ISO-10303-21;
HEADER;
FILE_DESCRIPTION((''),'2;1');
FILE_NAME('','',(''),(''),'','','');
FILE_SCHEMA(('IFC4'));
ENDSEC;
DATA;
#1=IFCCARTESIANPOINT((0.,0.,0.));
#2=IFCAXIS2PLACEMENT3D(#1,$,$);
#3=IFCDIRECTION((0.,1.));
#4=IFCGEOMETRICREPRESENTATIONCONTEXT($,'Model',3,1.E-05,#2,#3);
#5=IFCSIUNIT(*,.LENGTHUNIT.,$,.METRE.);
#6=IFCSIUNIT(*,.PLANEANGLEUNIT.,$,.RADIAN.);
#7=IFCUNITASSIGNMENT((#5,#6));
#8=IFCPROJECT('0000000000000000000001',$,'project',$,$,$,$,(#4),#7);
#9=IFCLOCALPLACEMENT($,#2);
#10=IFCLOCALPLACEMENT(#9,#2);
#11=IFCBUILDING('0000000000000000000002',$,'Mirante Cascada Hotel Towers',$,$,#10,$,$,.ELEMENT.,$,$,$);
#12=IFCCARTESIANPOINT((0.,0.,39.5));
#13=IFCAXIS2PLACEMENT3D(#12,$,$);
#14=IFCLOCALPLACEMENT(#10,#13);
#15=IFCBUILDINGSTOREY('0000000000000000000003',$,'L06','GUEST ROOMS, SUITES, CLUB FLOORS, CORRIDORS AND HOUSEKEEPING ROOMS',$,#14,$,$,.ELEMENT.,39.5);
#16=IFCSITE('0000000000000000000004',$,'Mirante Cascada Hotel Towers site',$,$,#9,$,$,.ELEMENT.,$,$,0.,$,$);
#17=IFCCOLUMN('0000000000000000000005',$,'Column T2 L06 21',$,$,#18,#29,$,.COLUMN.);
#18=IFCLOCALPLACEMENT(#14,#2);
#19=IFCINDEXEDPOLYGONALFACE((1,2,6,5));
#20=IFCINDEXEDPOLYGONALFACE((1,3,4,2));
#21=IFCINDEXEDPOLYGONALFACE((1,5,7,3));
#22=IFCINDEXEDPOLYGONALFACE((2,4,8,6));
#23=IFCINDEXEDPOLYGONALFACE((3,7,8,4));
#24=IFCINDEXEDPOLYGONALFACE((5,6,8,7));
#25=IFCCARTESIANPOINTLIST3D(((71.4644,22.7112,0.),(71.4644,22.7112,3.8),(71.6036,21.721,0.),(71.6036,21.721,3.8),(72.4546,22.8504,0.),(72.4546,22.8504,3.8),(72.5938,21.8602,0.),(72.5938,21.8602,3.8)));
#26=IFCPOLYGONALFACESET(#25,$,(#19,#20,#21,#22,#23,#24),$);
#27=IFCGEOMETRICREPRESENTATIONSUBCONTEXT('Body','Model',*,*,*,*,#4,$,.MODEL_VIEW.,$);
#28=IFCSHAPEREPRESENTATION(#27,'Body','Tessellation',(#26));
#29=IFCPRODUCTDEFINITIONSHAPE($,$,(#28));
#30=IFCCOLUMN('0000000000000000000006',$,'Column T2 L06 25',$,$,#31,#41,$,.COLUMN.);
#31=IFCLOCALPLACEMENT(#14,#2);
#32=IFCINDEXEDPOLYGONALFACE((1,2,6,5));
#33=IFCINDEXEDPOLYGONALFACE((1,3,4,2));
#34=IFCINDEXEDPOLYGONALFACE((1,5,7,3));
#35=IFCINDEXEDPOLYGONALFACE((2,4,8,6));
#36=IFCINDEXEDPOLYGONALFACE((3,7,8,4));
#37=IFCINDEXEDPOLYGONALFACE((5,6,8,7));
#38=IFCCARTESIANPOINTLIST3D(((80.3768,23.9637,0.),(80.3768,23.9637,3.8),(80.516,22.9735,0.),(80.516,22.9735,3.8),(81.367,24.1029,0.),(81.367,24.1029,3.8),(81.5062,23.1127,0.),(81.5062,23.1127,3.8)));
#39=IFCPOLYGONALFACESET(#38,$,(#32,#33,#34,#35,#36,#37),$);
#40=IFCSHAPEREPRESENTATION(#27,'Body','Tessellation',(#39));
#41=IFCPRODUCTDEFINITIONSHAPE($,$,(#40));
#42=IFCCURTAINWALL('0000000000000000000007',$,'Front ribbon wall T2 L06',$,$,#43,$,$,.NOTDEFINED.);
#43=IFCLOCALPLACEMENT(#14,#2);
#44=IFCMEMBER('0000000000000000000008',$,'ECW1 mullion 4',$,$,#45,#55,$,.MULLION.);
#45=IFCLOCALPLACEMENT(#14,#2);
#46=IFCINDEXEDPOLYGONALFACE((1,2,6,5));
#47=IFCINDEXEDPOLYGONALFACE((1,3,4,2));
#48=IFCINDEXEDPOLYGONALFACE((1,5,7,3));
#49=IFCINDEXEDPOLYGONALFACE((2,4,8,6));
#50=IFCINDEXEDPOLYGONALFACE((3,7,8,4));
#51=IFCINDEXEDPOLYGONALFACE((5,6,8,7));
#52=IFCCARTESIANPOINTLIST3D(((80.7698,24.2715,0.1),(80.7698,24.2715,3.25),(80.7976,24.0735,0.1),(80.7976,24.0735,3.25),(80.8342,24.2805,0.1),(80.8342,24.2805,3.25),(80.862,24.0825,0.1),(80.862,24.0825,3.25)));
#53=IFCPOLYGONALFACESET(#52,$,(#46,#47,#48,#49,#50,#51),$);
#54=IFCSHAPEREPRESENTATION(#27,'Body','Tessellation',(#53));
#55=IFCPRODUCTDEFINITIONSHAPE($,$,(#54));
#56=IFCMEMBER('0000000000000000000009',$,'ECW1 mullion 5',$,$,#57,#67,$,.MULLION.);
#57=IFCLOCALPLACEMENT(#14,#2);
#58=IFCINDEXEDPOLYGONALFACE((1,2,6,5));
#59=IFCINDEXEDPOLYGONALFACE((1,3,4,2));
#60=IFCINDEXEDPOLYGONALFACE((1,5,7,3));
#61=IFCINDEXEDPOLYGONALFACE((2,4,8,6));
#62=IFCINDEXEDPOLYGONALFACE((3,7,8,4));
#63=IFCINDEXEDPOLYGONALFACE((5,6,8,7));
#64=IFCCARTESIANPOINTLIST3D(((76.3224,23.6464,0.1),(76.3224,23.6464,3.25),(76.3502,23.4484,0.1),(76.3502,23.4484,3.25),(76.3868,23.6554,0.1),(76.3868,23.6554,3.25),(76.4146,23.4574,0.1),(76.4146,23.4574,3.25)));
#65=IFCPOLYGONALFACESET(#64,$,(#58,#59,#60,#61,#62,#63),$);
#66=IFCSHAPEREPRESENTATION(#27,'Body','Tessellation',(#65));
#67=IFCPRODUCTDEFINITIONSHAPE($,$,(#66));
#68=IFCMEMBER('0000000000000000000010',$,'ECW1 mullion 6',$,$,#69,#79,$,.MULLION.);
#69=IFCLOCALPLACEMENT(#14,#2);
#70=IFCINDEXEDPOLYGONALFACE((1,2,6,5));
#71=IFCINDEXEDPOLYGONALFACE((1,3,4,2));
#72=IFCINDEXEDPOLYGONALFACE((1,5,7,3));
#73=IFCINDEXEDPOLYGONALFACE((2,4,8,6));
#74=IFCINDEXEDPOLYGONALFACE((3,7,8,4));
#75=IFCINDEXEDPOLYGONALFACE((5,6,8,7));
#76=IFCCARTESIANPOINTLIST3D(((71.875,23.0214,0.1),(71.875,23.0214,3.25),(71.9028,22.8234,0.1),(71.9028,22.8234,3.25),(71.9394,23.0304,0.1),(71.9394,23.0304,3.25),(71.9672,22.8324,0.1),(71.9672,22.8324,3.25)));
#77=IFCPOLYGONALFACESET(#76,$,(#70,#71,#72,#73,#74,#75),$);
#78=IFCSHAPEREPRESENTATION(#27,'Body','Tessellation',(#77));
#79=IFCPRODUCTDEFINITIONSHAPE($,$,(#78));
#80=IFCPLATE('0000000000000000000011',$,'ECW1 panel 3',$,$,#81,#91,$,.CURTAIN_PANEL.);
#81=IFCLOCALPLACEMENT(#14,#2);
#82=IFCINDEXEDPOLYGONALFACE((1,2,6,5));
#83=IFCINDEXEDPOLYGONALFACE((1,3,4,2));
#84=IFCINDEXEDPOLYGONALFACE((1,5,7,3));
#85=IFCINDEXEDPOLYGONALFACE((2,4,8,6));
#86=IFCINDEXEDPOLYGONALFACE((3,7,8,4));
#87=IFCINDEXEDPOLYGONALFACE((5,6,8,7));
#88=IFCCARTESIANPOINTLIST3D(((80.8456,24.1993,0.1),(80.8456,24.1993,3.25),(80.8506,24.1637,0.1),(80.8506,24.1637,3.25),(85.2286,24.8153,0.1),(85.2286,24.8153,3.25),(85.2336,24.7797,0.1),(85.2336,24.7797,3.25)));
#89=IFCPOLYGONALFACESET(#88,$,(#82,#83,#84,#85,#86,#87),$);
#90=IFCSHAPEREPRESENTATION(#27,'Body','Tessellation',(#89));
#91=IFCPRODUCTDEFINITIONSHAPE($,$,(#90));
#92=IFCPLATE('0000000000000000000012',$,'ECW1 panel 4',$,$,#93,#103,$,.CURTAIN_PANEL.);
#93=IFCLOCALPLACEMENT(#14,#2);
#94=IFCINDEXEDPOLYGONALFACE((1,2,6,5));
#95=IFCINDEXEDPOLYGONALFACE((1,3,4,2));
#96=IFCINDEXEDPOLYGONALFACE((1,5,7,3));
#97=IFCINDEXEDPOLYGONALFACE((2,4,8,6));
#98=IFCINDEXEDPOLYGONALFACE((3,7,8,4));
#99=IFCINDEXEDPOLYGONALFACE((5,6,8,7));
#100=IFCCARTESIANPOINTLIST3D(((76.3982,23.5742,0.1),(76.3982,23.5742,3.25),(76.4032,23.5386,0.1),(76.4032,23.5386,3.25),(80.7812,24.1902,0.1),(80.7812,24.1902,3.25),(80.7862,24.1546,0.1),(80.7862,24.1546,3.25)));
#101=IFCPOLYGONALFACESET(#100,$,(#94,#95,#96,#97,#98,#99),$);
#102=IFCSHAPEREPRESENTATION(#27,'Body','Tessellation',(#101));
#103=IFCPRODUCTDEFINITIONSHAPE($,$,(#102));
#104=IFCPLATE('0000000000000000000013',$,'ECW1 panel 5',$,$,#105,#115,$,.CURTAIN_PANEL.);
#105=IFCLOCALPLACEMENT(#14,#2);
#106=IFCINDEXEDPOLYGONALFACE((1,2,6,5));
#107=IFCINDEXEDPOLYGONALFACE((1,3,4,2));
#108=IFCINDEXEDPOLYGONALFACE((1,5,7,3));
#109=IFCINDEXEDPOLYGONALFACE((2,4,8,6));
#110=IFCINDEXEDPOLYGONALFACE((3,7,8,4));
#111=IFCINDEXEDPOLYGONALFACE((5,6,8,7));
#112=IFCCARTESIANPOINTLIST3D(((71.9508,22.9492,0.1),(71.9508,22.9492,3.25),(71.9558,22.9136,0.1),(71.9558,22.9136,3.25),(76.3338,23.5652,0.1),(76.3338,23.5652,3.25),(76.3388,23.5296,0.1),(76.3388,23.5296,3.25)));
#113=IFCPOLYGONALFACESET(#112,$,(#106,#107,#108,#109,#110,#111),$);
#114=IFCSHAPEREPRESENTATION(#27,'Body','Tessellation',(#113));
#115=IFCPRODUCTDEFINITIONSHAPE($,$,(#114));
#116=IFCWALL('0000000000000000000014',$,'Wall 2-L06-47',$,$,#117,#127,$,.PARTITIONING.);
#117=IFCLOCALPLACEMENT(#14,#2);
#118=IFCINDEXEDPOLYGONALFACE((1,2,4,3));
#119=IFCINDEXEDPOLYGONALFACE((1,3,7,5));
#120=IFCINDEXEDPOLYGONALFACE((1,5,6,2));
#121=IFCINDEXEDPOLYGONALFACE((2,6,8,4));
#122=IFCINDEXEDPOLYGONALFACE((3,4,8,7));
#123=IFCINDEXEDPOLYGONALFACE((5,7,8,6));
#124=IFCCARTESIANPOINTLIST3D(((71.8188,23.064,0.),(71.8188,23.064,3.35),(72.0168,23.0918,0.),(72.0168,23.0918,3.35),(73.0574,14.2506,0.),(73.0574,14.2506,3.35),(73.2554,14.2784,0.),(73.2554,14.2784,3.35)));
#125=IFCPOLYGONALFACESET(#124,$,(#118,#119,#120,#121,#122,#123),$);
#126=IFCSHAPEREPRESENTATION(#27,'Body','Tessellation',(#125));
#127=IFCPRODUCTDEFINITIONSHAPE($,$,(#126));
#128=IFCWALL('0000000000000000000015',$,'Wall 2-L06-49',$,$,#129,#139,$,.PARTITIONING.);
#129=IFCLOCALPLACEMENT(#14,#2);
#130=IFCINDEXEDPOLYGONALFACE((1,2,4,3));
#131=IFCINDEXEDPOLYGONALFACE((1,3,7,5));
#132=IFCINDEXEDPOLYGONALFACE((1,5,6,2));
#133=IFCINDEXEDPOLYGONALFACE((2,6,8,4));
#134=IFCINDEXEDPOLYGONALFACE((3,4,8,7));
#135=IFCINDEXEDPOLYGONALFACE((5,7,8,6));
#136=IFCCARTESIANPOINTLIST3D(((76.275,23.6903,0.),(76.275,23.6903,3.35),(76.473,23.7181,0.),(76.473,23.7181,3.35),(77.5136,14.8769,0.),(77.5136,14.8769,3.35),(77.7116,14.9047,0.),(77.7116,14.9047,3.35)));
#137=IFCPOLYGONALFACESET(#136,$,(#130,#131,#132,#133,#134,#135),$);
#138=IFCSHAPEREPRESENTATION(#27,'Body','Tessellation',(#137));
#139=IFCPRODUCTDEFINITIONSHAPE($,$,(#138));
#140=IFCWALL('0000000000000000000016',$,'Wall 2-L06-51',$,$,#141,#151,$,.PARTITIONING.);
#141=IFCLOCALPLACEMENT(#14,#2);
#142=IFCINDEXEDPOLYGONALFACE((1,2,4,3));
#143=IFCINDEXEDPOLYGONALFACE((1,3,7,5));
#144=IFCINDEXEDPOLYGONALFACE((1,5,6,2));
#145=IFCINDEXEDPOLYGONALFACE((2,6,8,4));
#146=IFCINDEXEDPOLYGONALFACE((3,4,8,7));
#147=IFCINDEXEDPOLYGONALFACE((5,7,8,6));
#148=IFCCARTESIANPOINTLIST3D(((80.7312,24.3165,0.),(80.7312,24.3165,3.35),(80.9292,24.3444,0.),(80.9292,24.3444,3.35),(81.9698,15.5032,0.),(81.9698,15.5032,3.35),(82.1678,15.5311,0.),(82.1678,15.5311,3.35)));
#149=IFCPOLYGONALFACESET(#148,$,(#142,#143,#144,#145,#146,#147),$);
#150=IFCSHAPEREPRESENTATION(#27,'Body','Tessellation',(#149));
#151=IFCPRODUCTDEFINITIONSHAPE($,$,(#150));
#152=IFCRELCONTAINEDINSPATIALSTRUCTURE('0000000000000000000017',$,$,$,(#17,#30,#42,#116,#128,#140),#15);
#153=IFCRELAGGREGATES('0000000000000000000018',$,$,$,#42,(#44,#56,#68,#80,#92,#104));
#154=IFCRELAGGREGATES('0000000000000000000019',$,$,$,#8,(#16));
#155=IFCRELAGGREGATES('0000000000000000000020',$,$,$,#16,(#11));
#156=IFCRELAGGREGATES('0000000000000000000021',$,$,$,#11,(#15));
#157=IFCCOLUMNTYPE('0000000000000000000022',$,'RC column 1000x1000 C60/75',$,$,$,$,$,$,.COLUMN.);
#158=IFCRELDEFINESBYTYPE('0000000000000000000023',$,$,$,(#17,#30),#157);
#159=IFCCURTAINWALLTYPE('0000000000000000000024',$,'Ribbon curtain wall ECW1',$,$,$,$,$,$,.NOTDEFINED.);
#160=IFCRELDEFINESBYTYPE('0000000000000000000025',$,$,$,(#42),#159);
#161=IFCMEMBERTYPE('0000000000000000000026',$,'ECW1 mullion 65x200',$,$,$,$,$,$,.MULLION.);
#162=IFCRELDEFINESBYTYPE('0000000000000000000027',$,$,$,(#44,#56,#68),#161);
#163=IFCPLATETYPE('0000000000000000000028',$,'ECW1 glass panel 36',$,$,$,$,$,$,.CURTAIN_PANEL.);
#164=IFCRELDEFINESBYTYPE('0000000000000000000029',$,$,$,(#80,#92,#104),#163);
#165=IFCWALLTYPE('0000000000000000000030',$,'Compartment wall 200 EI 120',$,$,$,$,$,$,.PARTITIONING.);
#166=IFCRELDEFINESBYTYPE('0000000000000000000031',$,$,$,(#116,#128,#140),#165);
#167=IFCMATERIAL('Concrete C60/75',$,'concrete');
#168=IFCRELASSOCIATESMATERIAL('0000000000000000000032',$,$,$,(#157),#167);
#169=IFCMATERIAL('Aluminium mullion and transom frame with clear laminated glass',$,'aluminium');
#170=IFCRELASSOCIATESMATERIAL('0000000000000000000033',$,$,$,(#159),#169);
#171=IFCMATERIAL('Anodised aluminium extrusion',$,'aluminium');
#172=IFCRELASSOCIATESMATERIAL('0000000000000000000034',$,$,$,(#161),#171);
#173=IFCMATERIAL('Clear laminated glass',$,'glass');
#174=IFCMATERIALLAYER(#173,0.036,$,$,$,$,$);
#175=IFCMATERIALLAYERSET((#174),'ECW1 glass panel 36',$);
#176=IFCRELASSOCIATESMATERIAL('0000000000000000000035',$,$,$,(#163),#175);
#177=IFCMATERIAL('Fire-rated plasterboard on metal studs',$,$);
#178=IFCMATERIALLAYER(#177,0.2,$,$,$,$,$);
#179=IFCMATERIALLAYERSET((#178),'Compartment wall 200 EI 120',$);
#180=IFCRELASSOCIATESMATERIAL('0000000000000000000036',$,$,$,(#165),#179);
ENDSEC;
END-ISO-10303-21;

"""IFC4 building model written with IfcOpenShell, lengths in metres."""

from ifc_helpers import new_model, si_unit, direction, frame, frame_2d, origin, origin_2d, place, context, subcontext, project, spatial, rectangle, extrude, material, layer, layer_set, material_profile, profile_set, type_object, element, aggregate, save


model = new_model("IFC4")

# Units and contexts
model_context = context("Model", 3, precision=1e-05, world=origin(), true_north=direction((0.0, 1.0)))
body_context = subcontext(model_context, "Body", "Model", "MODEL_VIEW")
ifc_project = project(units=[si_unit("LENGTHUNIT", "METRE"), si_unit("PLANEANGLEUNIT", "RADIAN")], contexts=[model_context])

# Site, building, storey
site_placement = place(None, origin())
site = spatial("IfcSite", under=ifc_project, at=site_placement, Name="Mirante Cascada Hotel Towers site", CompositionType="ELEMENT", RefElevation=0.0)
building_placement = place(site_placement, origin())
building = spatial("IfcBuilding", under=site, at=building_placement, Name="Mirante Cascada Hotel Towers", CompositionType="ELEMENT")
storey_placement = place(building_placement, frame((0.0, 0.0, 39.5)))
storey = spatial("IfcBuildingStorey", under=building, at=storey_placement, Name="L06", Description="GUEST ROOMS, SUITES, CLUB FLOORS, CORRIDORS AND HOUSEKEEPING ROOMS", CompositionType="ELEMENT", Elevation=39.5)

# Columns
ifc_material_1 = material(Name="Concrete C60/75", Category="concrete")
ifc_material_profile_1 = material_profile(ifc_material_1, rectangle(XDim=1.0, YDim=1.0, at=origin_2d()), Name="RC column 1000x1000 C60/75")
ifc_profile_set_1 = profile_set([ifc_material_profile_1], Name="Concrete C60/75")
column_type = type_object("IfcColumnType", Name="RC column 1000x1000 C60/75", PredefinedType="COLUMN", material=ifc_profile_set_1)
for number, where, z_axis, x_axis, name in (
    (1, (72.0291, 22.2857, 0.0), (0.0, 0.0, 1.0), (0.990268, 0.139173, 0.0), "Column T2 L06 21"),
    (2, (80.9415, 23.5382, 0.0), (0.0, 0.0, 1.0), (0.990268, 0.139173, 0.0), "Column T2 L06 25"),
):
    element("IfcColumn", number, at=place(storey_placement, frame(where, z_axis=z_axis, x_axis=x_axis)), inside=storey, type_object=column_type, Name=name, PredefinedType="COLUMN", context=body_context, shape_type="SweptSolid", body=[
        extrude(rectangle(XDim=1.0, YDim=1.0, at=origin_2d()), origin(), (0.0, 0.0, 1.0), 3.8),
    ])

# Curtain wall, members, plates
ifc_material_2 = material(Name="Aluminium mullion and transom frame with clear laminated glass", Category="aluminium")
curtain_wall_type = type_object("IfcCurtainWallType", Name="Ribbon curtain wall ECW1", PredefinedType="NOTDEFINED", material=ifc_material_2)
curtain_wall_placement = place(storey_placement, origin())
curtain_wall = element("IfcCurtainWall", 3, at=curtain_wall_placement, inside=storey, type_object=curtain_wall_type, Name="Front ribbon wall T2 L06", PredefinedType="NOTDEFINED")
ifc_material_3 = material(Name="Anodised aluminium extrusion", Category="aluminium")
ifc_material_profile_2 = material_profile(ifc_material_3, rectangle(XDim=0.2, YDim=0.065, at=origin_2d()), Name="ECW1 MULLION 65x200")
ifc_profile_set_2 = profile_set([ifc_material_profile_2], Name="Anodised aluminium extrusion")
member_type = type_object("IfcMemberType", Name="ECW1 mullion 65x200", PredefinedType="MULLION", material=ifc_profile_set_2)
member_1_placement = place(storey_placement, frame((80.8159, 24.177, 0.1), z_axis=(0.0, 0.0, 1.0), x_axis=(0.139173, -0.990268, 0.0)))
member_1 = element("IfcMember", 4, at=member_1_placement, type_object=member_type, Name="ECW1 mullion 4", PredefinedType="MULLION", context=body_context, shape_type="SweptSolid", body=[
    extrude(rectangle(XDim=0.2, YDim=0.065, at=origin_2d()), origin(), (0.0, 0.0, 1.0), 3.15),
])
member_2_placement = place(storey_placement, frame((76.3685, 23.5519, 0.1), z_axis=(0.0, 0.0, 1.0), x_axis=(0.139173, -0.990268, 0.0)))
member_2 = element("IfcMember", 5, at=member_2_placement, type_object=member_type, Name="ECW1 mullion 5", PredefinedType="MULLION", context=body_context, shape_type="SweptSolid", body=[
    extrude(rectangle(XDim=0.2, YDim=0.065, at=origin_2d()), origin(), (0.0, 0.0, 1.0), 3.15),
])
member_3_placement = place(storey_placement, frame((71.9211, 22.9269, 0.1), z_axis=(0.0, 0.0, 1.0), x_axis=(0.139173, -0.990268, 0.0)))
member_3 = element("IfcMember", 6, at=member_3_placement, type_object=member_type, Name="ECW1 mullion 6", PredefinedType="MULLION", context=body_context, shape_type="SweptSolid", body=[
    extrude(rectangle(XDim=0.2, YDim=0.065, at=origin_2d()), origin(), (0.0, 0.0, 1.0), 3.15),
])
ifc_material_4 = material(Name="Clear laminated glass", Category="glass")
ifc_layer_1 = layer(ifc_material_4, 0.036)
ifc_layer_set_1 = layer_set([ifc_layer_1], Name="ECW1 glass panel 36")
plate_type = type_object("IfcPlateType", Name="ECW1 glass panel 36", PredefinedType="CURTAIN_PANEL", material=ifc_layer_set_1)
plate_1_placement = place(storey_placement, frame((83.0396, 24.4895, 0.1), z_axis=(0.0, 0.0, 1.0), x_axis=(-0.990268, -0.139173, 0.0)))
plate_1 = element("IfcPlate", 7, at=plate_1_placement, type_object=plate_type, Name="ECW1 panel 3", PredefinedType="CURTAIN_PANEL", context=body_context, shape_type="SweptSolid", body=[
    extrude(rectangle(XDim=4.4261, YDim=0.036, at=origin_2d()), origin(), (0.0, 0.0, 1.0), 3.15),
])
plate_2_placement = place(storey_placement, frame((78.5922, 23.8644, 0.1), z_axis=(0.0, 0.0, 1.0), x_axis=(-0.990268, -0.139173, 0.0)))
plate_2 = element("IfcPlate", 8, at=plate_2_placement, type_object=plate_type, Name="ECW1 panel 4", PredefinedType="CURTAIN_PANEL", context=body_context, shape_type="SweptSolid", body=[
    extrude(rectangle(XDim=4.4261, YDim=0.036, at=origin_2d()), origin(), (0.0, 0.0, 1.0), 3.15),
])
plate_3_placement = place(storey_placement, frame((74.1448, 23.2394, 0.1), z_axis=(0.0, 0.0, 1.0), x_axis=(-0.990268, -0.139173, 0.0)))
plate_3 = element("IfcPlate", 9, at=plate_3_placement, type_object=plate_type, Name="ECW1 panel 5", PredefinedType="CURTAIN_PANEL", context=body_context, shape_type="SweptSolid", body=[
    extrude(rectangle(XDim=4.4261, YDim=0.036, at=origin_2d()), origin(), (0.0, 0.0, 1.0), 3.15),
])
aggregate(curtain_wall, [member_1, member_2, member_3, plate_1, plate_2, plate_3])

# Walls
ifc_material_5 = material(Name="Fire-rated plasterboard on metal studs")
ifc_layer_2 = layer(ifc_material_5, 0.2)
ifc_layer_set_2 = layer_set([ifc_layer_2], Name="Compartment wall 200 EI 120")
wall_type_1 = type_object("IfcWallType", Name="Compartment wall 200 EI 120", PredefinedType="PARTITIONING", material=ifc_layer_set_2)
for number, where, z_axis, x_axis, name in (
    (10, (73.1564, 14.2645, 0.0), (0.0, 0.0, 1.0), (-0.139168, 0.990269, 0.0), "Wall 2-L06-47"),
    (11, (77.6126, 14.8908, 0.0), (0.0, 0.0, 1.0), (-0.139168, 0.990269, 0.0), "Wall 2-L06-49"),
):
    element("IfcWall", number, at=place(storey_placement, frame(where, z_axis=z_axis, x_axis=x_axis)), inside=storey, type_object=wall_type_1, Name=name, PredefinedType="PARTITIONING", context=body_context, shape_type="SweptSolid", body=[
        extrude(rectangle(XDim=8.9, YDim=0.2, at=frame_2d((4.45, 0.0))), origin(), (0.0, 0.0, 1.0), 3.35),
    ])
wall_1_placement = place(storey_placement, frame((82.0688, 15.5171, 0.0), z_axis=(0.0, 0.0, 1.0), x_axis=(-0.13917, 0.990268, 0.0)))
element("IfcWall", 12, at=wall_1_placement, inside=storey, type_object=wall_type_1, Name="Wall 2-L06-51", PredefinedType="PARTITIONING", context=body_context, shape_type="SweptSolid", body=[
    extrude(rectangle(XDim=8.8999, YDim=0.2, at=frame_2d((4.45, 0.0))), origin(), (0.0, 0.0, 1.0), 3.35),
])

save(model, "model.ifc")
